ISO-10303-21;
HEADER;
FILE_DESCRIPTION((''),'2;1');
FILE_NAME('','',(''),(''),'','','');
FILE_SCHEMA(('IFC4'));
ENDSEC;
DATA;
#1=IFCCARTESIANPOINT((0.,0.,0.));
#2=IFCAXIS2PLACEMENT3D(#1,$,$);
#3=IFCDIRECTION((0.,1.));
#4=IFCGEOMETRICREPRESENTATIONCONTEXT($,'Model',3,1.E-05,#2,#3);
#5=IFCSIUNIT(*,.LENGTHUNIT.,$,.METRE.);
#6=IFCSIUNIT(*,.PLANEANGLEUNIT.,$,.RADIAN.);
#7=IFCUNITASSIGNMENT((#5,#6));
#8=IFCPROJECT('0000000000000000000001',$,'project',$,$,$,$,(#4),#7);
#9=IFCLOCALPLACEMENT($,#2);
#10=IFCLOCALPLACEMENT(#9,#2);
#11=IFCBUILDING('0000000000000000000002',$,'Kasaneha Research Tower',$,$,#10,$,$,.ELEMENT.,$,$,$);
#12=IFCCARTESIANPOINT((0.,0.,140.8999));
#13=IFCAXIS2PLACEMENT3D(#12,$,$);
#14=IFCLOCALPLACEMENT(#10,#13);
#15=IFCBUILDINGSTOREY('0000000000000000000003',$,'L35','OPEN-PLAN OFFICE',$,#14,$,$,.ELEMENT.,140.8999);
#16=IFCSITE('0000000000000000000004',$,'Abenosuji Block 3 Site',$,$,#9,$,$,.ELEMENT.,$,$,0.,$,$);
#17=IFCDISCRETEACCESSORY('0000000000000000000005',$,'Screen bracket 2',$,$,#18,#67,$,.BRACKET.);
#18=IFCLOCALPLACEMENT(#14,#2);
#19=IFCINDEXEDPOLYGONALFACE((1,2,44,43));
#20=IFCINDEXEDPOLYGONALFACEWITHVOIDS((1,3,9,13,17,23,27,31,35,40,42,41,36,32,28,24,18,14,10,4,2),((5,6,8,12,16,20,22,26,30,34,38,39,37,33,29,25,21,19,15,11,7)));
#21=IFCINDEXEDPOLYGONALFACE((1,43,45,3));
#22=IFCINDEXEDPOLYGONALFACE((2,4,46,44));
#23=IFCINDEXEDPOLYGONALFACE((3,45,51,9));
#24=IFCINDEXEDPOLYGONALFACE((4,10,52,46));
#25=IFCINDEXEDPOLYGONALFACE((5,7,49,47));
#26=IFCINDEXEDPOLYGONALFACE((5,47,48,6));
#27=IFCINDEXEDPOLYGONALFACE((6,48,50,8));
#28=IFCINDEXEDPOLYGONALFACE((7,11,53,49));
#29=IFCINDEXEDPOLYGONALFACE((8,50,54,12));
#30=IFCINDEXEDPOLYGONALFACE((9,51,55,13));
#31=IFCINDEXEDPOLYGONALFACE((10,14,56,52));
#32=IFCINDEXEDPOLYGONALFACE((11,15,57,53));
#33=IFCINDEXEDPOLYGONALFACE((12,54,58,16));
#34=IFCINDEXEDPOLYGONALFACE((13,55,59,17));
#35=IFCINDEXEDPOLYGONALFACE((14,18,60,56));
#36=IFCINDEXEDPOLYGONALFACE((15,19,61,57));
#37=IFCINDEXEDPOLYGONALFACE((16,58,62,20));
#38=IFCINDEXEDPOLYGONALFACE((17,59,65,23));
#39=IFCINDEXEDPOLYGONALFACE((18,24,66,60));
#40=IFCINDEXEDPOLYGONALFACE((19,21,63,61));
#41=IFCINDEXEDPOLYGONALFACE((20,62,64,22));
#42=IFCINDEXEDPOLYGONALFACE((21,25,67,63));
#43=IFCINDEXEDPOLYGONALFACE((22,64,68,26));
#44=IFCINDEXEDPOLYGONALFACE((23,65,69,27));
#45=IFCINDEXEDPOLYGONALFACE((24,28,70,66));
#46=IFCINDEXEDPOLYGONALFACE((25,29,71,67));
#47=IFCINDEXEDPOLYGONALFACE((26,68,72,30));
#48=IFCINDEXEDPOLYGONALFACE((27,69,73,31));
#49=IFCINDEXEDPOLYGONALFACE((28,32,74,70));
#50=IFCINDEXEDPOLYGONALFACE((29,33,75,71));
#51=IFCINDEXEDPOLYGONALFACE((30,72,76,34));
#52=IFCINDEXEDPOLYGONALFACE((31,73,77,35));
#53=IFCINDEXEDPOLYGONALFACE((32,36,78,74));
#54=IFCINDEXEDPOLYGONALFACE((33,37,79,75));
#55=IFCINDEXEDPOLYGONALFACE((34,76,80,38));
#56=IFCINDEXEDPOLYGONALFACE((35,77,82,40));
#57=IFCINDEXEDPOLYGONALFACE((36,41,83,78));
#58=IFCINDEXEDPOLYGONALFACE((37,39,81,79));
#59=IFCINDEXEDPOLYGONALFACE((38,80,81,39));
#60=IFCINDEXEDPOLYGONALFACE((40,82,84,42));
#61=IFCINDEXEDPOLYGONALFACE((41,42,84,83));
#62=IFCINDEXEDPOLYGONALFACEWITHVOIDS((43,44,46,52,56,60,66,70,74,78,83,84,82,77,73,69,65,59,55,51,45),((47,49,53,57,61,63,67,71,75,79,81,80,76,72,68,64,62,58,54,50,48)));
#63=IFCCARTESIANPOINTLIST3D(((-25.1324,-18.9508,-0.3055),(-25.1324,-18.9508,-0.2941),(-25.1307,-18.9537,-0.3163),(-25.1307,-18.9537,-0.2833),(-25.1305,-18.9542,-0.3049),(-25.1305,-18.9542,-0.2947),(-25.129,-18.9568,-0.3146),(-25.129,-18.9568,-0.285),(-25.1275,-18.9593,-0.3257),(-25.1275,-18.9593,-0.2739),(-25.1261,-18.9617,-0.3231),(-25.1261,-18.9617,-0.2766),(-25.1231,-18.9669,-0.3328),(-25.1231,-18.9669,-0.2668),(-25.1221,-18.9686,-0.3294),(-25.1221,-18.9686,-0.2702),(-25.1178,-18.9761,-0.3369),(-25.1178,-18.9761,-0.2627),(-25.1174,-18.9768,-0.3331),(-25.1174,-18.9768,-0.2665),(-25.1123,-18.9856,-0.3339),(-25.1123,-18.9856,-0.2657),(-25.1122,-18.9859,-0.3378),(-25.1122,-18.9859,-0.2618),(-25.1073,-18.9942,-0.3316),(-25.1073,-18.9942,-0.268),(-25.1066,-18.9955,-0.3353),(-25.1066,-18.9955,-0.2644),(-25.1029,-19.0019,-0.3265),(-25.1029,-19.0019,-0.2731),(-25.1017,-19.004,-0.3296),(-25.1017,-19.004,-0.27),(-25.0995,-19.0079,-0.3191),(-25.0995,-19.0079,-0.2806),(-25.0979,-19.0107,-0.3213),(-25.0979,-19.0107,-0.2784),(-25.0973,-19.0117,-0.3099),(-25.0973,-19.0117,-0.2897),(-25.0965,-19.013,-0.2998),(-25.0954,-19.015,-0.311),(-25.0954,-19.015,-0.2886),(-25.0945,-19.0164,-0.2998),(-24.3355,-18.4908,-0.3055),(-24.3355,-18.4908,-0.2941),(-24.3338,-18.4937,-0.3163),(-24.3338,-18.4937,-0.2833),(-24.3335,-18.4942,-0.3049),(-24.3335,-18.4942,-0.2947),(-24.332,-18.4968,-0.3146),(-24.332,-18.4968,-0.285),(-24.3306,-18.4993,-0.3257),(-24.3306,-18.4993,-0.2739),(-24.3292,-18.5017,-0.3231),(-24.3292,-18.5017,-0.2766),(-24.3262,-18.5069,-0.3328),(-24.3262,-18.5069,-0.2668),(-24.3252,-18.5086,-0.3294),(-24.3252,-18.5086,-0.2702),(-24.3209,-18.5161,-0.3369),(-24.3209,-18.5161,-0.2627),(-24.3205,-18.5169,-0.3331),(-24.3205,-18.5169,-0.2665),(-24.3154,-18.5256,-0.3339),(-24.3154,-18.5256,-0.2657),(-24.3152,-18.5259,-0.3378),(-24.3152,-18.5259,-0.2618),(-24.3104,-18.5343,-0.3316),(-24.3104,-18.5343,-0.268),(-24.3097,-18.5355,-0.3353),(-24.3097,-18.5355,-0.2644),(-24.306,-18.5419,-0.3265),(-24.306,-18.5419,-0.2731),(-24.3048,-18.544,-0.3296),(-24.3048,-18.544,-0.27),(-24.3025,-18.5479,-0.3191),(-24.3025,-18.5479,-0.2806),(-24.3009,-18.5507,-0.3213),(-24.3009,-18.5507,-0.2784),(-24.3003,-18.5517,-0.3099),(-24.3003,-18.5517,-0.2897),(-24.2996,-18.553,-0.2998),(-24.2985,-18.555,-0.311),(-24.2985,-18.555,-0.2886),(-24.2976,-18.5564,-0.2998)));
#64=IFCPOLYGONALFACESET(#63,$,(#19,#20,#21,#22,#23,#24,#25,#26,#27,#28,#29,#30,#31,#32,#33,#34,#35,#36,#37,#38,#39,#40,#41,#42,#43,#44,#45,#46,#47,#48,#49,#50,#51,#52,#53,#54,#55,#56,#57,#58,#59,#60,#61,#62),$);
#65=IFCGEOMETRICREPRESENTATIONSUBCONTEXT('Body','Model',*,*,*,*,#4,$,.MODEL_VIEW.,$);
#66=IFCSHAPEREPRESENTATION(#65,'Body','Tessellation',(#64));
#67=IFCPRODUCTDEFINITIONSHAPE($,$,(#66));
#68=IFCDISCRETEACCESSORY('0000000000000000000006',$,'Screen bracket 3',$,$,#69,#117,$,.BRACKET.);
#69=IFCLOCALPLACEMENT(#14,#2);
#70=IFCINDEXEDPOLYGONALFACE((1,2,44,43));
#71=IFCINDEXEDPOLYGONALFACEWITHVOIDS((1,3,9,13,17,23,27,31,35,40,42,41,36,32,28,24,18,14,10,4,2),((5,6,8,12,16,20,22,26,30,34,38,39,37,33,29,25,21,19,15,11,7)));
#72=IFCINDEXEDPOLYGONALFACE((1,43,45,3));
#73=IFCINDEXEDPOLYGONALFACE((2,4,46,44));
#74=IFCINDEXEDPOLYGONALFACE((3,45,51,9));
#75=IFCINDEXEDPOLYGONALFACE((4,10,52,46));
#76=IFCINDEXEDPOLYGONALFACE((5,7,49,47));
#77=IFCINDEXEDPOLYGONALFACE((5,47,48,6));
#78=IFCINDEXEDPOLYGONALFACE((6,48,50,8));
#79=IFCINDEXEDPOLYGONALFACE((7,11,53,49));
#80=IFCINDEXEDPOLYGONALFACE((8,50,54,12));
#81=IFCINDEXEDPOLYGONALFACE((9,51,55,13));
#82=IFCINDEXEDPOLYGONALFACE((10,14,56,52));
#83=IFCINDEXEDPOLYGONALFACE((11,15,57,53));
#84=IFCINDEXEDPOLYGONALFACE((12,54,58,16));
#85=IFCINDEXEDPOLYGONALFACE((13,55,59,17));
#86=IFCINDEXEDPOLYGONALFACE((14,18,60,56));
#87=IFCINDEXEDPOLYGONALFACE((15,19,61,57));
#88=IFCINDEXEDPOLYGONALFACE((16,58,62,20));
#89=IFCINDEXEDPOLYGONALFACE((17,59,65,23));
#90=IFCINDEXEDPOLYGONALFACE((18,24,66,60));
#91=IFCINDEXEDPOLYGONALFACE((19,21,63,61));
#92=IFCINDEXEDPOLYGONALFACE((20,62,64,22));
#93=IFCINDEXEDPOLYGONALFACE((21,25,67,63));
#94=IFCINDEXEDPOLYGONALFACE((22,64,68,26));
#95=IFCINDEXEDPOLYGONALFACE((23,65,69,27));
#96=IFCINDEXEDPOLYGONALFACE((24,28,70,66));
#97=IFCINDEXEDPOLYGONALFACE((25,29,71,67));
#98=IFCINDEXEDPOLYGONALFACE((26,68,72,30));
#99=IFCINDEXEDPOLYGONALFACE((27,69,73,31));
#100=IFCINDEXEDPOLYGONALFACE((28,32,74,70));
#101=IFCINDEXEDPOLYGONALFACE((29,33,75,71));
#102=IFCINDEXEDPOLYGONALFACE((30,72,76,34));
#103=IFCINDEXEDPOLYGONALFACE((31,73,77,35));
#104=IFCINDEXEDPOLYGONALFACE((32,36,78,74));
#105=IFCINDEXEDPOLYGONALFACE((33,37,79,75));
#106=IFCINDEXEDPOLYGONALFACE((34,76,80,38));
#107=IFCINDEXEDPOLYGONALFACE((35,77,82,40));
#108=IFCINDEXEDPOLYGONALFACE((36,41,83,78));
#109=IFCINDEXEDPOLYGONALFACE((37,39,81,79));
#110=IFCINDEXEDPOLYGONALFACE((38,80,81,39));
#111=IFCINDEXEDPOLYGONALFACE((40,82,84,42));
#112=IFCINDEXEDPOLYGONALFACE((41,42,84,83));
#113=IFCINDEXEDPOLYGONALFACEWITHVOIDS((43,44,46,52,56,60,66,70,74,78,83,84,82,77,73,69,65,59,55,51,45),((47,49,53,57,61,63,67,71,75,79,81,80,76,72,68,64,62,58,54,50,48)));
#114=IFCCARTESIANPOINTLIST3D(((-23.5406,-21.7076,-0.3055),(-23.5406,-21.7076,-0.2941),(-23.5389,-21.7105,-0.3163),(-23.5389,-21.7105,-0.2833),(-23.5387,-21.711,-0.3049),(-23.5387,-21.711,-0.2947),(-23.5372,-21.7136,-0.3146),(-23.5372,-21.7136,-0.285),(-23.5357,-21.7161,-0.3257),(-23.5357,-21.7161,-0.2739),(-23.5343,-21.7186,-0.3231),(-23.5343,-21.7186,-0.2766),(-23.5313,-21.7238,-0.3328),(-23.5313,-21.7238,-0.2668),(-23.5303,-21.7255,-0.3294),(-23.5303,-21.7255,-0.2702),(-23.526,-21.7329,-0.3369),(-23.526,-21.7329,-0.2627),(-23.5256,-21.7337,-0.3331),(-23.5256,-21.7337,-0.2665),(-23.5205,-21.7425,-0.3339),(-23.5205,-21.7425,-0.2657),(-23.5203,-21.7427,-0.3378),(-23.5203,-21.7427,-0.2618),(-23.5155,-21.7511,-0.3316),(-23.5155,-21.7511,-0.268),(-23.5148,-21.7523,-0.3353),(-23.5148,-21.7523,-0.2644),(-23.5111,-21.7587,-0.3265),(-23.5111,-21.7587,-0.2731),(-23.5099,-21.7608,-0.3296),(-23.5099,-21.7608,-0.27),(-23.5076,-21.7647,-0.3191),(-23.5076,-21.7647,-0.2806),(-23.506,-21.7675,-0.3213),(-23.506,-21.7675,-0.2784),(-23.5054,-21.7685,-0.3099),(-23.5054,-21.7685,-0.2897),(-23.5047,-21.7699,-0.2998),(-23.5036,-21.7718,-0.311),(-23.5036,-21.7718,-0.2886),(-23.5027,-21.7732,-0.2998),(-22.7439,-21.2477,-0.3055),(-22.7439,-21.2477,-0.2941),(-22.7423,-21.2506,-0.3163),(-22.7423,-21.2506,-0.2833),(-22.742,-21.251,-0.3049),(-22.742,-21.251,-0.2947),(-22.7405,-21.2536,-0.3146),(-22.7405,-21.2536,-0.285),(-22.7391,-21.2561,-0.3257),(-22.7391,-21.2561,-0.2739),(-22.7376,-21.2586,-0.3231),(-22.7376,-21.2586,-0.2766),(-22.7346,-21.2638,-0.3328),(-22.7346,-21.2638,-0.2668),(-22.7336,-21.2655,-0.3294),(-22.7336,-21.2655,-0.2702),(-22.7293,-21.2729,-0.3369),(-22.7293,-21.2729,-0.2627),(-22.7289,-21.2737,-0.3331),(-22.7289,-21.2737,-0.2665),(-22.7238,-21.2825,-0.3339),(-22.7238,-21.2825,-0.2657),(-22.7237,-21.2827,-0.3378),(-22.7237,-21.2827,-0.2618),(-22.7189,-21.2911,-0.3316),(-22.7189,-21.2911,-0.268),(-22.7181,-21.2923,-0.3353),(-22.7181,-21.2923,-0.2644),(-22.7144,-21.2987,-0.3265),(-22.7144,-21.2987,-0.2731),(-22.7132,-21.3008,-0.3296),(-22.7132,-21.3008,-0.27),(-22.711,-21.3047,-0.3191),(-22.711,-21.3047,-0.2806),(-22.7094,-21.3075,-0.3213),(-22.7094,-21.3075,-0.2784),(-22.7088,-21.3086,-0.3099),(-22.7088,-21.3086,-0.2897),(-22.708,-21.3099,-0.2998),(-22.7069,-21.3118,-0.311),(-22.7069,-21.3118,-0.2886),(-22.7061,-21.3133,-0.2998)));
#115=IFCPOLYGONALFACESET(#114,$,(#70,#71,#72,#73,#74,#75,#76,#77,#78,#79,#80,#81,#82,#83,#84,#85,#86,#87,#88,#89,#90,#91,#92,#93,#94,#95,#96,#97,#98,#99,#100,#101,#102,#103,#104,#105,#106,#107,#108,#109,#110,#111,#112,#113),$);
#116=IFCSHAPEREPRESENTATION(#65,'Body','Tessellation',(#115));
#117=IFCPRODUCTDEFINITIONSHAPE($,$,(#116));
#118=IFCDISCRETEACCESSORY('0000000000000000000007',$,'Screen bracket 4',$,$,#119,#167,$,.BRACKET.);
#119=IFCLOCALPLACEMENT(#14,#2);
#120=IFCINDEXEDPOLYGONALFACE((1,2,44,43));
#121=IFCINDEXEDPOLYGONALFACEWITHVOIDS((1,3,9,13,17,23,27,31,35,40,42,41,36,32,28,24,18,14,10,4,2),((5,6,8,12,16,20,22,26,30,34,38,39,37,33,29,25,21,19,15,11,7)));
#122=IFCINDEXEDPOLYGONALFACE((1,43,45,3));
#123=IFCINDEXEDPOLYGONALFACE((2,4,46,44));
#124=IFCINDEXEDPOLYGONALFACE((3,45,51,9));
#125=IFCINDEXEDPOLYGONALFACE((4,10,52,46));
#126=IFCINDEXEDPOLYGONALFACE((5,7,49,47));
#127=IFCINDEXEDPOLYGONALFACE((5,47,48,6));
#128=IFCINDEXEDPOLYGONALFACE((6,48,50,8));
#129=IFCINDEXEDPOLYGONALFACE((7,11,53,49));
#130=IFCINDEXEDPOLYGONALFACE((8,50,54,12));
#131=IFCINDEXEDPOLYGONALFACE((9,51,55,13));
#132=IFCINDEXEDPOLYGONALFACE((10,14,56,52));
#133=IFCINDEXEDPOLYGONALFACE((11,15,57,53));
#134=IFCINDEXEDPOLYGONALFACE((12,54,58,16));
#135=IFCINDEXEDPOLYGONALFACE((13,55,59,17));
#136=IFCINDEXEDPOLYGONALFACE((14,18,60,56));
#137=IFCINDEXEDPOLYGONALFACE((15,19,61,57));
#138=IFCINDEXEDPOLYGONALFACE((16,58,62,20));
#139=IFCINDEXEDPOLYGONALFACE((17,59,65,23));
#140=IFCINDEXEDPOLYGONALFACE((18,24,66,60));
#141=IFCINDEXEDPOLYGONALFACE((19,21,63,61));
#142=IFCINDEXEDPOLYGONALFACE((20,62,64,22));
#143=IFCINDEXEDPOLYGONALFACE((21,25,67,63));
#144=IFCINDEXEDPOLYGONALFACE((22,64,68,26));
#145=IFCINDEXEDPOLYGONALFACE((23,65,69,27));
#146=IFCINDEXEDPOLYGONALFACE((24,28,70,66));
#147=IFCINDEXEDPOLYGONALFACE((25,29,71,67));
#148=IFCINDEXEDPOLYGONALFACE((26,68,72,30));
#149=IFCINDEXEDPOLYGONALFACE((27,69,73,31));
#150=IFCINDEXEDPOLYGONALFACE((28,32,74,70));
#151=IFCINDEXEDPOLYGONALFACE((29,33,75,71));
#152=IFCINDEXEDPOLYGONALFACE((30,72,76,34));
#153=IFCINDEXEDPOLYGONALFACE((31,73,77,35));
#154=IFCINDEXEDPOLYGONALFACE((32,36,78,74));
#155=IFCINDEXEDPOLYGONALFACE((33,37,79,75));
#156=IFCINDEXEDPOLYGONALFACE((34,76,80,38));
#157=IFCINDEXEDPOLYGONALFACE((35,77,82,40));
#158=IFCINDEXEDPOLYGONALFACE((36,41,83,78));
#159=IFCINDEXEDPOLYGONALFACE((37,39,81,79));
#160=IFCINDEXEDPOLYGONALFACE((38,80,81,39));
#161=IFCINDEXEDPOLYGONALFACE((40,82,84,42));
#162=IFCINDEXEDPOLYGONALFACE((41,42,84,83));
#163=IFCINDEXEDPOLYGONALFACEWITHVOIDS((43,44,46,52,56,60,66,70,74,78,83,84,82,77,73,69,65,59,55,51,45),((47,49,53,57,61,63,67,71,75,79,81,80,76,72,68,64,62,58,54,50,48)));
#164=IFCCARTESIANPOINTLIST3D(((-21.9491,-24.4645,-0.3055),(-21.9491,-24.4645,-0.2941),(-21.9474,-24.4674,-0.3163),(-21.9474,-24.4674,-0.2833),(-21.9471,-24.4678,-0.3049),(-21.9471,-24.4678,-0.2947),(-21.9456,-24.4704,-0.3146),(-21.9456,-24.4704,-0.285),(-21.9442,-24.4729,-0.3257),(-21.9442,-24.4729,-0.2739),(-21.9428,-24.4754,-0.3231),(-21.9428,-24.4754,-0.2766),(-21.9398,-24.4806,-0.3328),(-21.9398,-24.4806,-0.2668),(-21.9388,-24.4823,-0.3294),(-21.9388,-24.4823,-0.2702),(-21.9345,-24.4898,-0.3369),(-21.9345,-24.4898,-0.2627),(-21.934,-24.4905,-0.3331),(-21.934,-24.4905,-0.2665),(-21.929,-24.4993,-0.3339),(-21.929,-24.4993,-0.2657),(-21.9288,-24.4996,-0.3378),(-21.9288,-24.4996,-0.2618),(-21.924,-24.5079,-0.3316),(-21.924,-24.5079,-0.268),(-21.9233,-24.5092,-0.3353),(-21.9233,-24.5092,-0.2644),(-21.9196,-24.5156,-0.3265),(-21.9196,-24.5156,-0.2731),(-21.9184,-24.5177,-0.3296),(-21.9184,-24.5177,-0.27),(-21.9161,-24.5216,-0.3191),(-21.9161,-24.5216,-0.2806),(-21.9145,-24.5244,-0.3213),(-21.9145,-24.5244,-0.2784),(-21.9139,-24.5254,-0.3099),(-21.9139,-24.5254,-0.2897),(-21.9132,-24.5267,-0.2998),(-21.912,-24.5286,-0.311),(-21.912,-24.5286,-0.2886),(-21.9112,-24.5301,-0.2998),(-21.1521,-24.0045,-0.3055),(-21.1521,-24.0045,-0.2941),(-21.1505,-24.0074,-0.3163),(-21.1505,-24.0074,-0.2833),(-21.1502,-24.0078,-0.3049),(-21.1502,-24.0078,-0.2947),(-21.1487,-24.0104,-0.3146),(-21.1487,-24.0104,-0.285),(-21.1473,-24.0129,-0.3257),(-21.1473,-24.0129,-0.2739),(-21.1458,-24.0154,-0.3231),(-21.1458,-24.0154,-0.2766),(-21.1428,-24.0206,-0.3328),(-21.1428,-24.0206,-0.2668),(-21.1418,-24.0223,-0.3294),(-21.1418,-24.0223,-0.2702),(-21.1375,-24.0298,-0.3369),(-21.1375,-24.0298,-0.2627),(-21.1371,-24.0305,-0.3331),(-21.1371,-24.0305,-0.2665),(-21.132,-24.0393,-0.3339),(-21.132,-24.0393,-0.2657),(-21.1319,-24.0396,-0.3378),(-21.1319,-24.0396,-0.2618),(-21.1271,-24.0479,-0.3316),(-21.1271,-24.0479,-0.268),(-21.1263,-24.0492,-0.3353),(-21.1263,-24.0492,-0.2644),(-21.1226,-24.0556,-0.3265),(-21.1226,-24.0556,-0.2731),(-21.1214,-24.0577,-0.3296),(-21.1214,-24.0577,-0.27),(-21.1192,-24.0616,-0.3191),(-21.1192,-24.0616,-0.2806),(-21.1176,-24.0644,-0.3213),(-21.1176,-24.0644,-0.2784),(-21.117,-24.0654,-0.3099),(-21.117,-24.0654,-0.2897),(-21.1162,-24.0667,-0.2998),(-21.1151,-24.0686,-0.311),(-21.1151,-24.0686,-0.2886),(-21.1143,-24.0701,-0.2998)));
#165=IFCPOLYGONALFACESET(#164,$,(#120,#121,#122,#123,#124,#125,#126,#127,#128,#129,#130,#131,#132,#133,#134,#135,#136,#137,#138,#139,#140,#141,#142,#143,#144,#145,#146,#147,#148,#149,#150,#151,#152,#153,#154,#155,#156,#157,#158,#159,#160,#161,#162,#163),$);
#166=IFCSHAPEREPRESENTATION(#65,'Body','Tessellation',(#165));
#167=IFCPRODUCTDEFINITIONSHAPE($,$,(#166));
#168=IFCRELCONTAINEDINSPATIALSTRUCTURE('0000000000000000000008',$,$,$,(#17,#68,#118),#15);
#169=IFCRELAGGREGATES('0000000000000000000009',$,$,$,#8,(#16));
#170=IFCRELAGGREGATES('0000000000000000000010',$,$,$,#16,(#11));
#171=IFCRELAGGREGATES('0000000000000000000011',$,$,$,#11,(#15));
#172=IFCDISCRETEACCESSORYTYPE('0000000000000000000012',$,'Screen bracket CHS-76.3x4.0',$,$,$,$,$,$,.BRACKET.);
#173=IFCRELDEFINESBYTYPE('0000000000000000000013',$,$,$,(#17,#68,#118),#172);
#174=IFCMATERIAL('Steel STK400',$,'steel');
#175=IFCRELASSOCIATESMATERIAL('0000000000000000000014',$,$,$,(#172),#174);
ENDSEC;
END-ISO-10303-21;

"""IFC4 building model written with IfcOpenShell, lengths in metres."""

from ifc_helpers import new_model, si_unit, direction, frame, origin, origin_2d, place, context, subcontext, project, spatial, hollow_circle, extrude, material, material_profile, profile_set, type_object, element, save


model = new_model("IFC4")

# Units and contexts
model_context = context("Model", 3, precision=1e-05, world=origin(), true_north=direction((0.0, 1.0)))
body_context = subcontext(model_context, "Body", "Model", "MODEL_VIEW")
ifc_project = project(units=[si_unit("LENGTHUNIT", "METRE"), si_unit("PLANEANGLEUNIT", "RADIAN")], contexts=[model_context])

# Site, building, storey
site_placement = place(None, origin())
site = spatial("IfcSite", under=ifc_project, at=site_placement, Name="Abenosuji Block 3 Site", CompositionType="ELEMENT", RefElevation=0.0)
building_placement = place(site_placement, origin())
building = spatial("IfcBuilding", under=site, at=building_placement, Name="Kasaneha Research Tower", CompositionType="ELEMENT")
storey_placement = place(building_placement, frame((0.0, 0.0, 140.8999)))
storey = spatial("IfcBuildingStorey", under=building, at=storey_placement, Name="L35", Description="OPEN-PLAN OFFICE", CompositionType="ELEMENT", Elevation=140.8999)

# Discrete accessories
ifc_material_1 = material(Name="Steel STK400", Category="steel")
ifc_material_profile_1 = material_profile(ifc_material_1, hollow_circle(Radius=0.0381, WallThickness=0.0039, at=origin_2d()), Name="CHS-76.3x4.0")
ifc_profile_set_1 = profile_set([ifc_material_profile_1], Name="Steel STK400")
discrete_accessory_type = type_object("IfcDiscreteAccessoryType", Name="Screen bracket CHS-76.3x4.0", PredefinedType="BRACKET", material=ifc_profile_set_1)
discrete_accessory_1_placement = place(storey_placement, frame((-24.3167, -18.5234, -0.2998), z_axis=(-0.86608, -0.499906, 0.0), x_axis=(0.499906, -0.86608, 0.0)))
element("IfcDiscreteAccessory", 1, at=discrete_accessory_1_placement, inside=storey, type_object=discrete_accessory_type, Name="Screen bracket 2", PredefinedType="BRACKET", context=body_context, shape_type="SweptSolid", body=[
    extrude(hollow_circle(Radius=0.0381, WallThickness=0.0039, at=origin_2d()), origin(), (0.0, 0.0, 1.0), 0.9202),
])
discrete_accessory_2_placement = place(storey_placement, frame((-22.7251, -21.2803, -0.2998), z_axis=(-0.866013, -0.500021, 0.0), x_axis=(0.500021, -0.866013, 0.0)))
element("IfcDiscreteAccessory", 2, at=discrete_accessory_2_placement, inside=storey, type_object=discrete_accessory_type, Name="Screen bracket 3", PredefinedType="BRACKET", context=body_context, shape_type="SweptSolid", body=[
    extrude(hollow_circle(Radius=0.0381, WallThickness=0.0039, at=origin_2d()), origin(), (0.0, 0.0, 1.0), 0.9199),
])
discrete_accessory_3_placement = place(storey_placement, frame((-21.1333, -24.0371, -0.2998), z_axis=(-0.86608, -0.499906, 0.0), x_axis=(0.499906, -0.86608, 0.0)))
element("IfcDiscreteAccessory", 3, at=discrete_accessory_3_placement, inside=storey, type_object=discrete_accessory_type, Name="Screen bracket 4", PredefinedType="BRACKET", context=body_context, shape_type="SweptSolid", body=[
    extrude(hollow_circle(Radius=0.0381, WallThickness=0.0039, at=origin_2d()), origin(), (0.0, 0.0, 1.0), 0.9202),
])

save(model, "model.ifc")
